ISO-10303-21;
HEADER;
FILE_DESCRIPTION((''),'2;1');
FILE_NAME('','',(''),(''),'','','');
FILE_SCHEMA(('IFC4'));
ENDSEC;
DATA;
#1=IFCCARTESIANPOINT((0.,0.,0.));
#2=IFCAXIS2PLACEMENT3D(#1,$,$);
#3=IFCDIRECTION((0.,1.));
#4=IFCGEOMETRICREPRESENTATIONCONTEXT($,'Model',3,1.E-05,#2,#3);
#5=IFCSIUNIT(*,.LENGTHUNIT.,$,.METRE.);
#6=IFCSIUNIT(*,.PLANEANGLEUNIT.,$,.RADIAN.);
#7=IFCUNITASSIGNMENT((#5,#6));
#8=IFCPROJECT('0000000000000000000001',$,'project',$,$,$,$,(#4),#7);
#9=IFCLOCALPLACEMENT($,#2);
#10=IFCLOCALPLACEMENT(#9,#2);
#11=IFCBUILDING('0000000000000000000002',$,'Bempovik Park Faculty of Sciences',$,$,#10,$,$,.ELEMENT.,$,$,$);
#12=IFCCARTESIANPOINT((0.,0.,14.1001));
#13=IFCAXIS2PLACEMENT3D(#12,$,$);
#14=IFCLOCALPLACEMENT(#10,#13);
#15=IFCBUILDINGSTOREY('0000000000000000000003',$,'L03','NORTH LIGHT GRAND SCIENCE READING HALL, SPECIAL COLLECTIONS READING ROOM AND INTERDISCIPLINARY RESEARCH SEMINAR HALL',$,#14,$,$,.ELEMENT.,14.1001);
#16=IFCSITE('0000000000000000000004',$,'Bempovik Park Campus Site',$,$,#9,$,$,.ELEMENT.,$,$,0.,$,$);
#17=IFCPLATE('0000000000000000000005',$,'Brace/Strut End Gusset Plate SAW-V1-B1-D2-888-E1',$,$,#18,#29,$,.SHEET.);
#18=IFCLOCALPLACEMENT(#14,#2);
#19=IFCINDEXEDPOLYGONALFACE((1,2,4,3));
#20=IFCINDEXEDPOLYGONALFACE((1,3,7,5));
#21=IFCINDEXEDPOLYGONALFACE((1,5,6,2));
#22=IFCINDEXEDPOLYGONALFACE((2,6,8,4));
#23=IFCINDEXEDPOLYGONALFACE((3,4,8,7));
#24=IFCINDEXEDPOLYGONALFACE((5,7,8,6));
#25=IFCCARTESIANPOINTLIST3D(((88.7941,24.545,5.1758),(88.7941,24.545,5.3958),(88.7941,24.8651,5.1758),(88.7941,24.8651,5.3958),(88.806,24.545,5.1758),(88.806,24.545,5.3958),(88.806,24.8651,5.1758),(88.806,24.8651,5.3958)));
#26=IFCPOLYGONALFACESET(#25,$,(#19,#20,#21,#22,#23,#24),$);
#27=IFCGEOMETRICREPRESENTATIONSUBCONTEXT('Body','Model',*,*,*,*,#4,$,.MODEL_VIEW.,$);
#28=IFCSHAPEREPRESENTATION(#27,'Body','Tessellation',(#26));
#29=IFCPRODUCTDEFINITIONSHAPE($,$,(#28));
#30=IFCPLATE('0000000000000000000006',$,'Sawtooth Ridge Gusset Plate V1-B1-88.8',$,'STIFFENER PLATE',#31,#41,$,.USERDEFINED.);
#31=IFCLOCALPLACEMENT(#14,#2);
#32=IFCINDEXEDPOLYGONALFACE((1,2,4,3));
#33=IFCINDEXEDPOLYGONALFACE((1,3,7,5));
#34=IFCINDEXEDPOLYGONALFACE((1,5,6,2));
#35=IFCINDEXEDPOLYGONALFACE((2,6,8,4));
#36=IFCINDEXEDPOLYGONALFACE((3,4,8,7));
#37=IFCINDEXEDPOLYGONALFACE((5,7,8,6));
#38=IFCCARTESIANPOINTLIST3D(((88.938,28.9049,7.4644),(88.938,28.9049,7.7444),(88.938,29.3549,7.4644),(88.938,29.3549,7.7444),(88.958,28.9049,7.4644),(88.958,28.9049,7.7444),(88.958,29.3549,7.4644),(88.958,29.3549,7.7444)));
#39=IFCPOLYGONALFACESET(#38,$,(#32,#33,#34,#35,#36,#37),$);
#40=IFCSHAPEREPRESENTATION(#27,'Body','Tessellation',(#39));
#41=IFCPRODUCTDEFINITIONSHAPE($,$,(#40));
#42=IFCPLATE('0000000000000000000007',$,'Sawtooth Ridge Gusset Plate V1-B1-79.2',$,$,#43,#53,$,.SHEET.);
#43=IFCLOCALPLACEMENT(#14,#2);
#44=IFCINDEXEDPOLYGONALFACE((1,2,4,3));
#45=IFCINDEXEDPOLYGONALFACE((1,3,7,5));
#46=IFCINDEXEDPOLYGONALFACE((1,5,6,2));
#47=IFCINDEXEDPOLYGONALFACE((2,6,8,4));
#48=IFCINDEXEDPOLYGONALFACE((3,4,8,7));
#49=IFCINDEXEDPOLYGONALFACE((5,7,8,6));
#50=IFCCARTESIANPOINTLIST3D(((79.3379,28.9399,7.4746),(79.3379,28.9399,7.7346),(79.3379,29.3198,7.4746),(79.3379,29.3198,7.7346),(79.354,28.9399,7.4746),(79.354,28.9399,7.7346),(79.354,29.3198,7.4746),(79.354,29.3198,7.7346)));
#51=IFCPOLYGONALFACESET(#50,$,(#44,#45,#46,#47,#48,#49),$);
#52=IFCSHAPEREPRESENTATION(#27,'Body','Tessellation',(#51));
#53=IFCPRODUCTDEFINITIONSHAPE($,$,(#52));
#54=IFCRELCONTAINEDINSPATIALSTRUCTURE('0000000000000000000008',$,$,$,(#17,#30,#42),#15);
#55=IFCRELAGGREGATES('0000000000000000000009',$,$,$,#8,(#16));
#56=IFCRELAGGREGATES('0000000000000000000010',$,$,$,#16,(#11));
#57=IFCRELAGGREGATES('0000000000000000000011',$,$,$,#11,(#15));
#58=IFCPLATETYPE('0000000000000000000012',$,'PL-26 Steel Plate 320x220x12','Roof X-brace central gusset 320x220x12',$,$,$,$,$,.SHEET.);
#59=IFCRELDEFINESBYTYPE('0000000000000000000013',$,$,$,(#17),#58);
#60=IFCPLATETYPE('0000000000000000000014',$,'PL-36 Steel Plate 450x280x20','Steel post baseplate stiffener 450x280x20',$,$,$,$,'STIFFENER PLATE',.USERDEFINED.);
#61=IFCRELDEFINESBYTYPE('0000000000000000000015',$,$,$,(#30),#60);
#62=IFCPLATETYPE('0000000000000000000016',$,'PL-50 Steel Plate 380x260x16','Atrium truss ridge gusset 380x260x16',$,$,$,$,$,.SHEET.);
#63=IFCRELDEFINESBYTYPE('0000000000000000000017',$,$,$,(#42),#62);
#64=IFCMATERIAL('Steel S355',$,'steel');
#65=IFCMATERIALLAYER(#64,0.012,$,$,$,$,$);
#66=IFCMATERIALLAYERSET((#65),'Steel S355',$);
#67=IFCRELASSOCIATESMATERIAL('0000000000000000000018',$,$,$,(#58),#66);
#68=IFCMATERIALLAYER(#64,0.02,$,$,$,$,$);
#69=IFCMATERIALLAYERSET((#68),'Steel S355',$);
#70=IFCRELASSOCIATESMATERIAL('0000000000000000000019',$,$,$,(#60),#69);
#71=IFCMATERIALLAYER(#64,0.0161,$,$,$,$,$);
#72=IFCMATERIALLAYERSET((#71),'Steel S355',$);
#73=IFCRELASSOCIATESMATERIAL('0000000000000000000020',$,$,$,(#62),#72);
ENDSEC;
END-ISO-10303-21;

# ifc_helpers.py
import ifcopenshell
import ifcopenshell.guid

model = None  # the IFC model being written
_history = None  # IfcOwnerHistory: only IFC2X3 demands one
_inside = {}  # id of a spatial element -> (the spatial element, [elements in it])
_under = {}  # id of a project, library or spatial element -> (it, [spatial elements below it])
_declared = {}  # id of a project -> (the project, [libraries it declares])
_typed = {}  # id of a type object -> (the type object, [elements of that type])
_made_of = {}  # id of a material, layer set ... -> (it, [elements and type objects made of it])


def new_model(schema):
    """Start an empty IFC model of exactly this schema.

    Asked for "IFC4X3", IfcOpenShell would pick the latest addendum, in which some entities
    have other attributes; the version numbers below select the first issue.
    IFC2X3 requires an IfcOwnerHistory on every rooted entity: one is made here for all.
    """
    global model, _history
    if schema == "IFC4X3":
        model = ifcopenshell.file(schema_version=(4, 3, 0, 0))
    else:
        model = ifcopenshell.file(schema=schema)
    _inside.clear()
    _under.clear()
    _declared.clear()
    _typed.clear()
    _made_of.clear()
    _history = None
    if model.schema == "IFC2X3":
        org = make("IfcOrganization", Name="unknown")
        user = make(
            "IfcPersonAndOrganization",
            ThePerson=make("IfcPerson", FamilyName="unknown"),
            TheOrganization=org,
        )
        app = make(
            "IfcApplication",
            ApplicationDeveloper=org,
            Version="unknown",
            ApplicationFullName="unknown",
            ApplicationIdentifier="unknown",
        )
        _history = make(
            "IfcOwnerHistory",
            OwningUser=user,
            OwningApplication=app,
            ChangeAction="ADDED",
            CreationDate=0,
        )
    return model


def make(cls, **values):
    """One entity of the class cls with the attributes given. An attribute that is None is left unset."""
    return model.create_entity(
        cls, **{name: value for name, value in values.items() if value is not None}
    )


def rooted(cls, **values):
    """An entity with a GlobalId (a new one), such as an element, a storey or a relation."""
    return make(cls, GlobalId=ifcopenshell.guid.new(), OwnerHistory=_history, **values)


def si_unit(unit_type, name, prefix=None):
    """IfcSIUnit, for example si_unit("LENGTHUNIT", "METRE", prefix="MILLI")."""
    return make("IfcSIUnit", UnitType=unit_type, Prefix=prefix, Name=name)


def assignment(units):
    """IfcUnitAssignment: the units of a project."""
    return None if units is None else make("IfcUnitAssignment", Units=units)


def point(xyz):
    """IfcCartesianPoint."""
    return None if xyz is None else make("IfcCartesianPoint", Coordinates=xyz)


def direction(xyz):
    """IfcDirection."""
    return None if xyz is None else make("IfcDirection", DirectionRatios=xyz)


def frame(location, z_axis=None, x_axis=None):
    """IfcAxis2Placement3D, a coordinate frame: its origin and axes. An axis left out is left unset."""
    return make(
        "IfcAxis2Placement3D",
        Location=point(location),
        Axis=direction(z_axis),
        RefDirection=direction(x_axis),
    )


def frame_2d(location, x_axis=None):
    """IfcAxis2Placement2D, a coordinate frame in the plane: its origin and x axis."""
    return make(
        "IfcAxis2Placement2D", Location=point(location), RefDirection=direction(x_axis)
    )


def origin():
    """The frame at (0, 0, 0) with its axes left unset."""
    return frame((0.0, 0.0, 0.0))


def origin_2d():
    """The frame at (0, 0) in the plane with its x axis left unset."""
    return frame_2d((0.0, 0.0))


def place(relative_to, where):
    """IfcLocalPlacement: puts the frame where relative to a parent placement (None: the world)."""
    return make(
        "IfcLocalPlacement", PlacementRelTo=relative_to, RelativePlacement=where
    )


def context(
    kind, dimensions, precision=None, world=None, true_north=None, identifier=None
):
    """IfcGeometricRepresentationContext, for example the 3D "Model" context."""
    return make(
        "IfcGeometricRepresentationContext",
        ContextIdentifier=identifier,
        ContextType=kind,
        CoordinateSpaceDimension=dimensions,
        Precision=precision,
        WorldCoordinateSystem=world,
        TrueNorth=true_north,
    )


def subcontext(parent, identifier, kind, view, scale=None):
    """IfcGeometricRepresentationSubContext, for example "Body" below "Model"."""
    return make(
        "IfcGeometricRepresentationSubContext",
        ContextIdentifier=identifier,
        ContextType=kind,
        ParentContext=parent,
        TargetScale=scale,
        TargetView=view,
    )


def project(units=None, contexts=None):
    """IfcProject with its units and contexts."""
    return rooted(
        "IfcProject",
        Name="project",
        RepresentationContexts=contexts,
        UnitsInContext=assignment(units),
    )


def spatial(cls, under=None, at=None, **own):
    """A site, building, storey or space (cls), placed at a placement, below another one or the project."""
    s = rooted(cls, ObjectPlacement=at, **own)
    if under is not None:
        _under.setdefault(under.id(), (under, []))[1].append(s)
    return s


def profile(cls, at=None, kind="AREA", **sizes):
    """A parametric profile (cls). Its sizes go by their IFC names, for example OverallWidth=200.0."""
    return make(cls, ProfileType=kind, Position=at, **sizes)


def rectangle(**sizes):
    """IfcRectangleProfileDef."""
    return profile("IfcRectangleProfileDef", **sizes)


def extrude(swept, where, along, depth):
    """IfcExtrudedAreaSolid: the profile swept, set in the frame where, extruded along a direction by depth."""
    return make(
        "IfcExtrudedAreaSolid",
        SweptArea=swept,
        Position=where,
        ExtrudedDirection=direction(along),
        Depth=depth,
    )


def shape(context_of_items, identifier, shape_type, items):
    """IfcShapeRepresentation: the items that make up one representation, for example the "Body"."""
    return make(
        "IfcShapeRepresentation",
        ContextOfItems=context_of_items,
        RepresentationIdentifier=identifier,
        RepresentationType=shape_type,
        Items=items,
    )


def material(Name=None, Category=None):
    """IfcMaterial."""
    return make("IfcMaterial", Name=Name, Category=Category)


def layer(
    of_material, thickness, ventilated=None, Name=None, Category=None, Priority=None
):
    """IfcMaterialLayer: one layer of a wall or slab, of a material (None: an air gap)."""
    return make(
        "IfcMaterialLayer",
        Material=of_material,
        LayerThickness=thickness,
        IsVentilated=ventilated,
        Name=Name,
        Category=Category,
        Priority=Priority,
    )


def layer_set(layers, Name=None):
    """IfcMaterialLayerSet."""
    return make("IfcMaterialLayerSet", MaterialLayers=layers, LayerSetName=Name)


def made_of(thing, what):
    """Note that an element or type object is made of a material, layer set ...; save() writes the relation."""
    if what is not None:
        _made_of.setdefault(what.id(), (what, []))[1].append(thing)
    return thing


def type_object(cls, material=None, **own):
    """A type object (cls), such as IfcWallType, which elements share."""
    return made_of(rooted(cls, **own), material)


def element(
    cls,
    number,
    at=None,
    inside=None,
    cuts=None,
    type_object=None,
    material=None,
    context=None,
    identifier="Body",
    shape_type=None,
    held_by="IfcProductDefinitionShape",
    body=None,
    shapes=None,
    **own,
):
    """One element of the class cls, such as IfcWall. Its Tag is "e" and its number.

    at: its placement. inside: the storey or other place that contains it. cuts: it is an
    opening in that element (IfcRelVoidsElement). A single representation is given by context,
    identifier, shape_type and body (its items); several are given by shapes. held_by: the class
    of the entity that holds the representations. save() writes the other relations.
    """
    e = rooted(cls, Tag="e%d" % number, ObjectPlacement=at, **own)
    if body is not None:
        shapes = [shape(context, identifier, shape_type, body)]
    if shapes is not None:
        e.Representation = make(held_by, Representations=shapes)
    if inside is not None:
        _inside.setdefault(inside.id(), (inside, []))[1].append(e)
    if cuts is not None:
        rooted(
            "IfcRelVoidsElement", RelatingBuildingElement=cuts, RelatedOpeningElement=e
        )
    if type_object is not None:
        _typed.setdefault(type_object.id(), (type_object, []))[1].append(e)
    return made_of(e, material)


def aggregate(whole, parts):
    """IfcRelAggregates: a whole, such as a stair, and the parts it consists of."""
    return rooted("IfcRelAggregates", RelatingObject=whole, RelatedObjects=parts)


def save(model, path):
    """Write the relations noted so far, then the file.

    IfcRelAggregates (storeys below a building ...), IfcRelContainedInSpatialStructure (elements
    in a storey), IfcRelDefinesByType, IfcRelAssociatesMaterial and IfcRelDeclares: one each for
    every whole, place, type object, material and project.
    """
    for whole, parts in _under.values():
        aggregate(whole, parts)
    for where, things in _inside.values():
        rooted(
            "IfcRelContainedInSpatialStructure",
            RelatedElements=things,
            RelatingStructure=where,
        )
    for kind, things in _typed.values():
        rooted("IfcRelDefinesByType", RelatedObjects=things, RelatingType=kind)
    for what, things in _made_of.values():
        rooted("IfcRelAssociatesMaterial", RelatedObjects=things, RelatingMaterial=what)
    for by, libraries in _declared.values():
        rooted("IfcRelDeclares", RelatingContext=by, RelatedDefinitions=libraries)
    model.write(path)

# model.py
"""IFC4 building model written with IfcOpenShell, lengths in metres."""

from ifc_helpers import new_model, si_unit, direction, frame, origin, origin_2d, place, context, subcontext, project, spatial, rectangle, extrude, material, layer, layer_set, type_object, element, save


model = new_model("IFC4")

# Units and contexts
model_context = context("Model", 3, precision=1e-05, world=origin(), true_north=direction((0.0, 1.0)))
body_context = subcontext(model_context, "Body", "Model", "MODEL_VIEW")
ifc_project = project(units=[si_unit("LENGTHUNIT", "METRE"), si_unit("PLANEANGLEUNIT", "RADIAN")], contexts=[model_context])

# Site, building, storey
site_placement = place(None, origin())
site = spatial("IfcSite", under=ifc_project, at=site_placement, Name="Bempovik Park Campus Site", CompositionType="ELEMENT", RefElevation=0.0)
building_placement = place(site_placement, origin())
building = spatial("IfcBuilding", under=site, at=building_placement, Name="Bempovik Park Faculty of Sciences", CompositionType="ELEMENT")
storey_placement = place(building_placement, frame((0.0, 0.0, 14.1001)))
storey = spatial("IfcBuildingStorey", under=building, at=storey_placement, Name="L03", Description="NORTH LIGHT GRAND SCIENCE READING HALL, SPECIAL COLLECTIONS READING ROOM AND INTERDISCIPLINARY RESEARCH SEMINAR HALL", CompositionType="ELEMENT", Elevation=14.1001)

# Shared definitions
ifc_material_1 = material(Name="Steel S355", Category="steel")

# Plates
ifc_layer_1 = layer(ifc_material_1, 0.012)
ifc_layer_set_1 = layer_set([ifc_layer_1], Name="Steel S355")
plate_type_1 = type_object("IfcPlateType", Name="PL-26 Steel Plate 320x220x12", Description="Roof X-brace central gusset 320x220x12", PredefinedType="SHEET", material=ifc_layer_set_1)
for number, where, z_axis, x_axis, name in (
    (1, (88.8, 24.7051, 5.1758), (0.0, 0.0, 1.0), (1.0, 0.0, 0.0), "Brace/Strut End Gusset Plate SAW-V1-B1-D2-888-E1"),
):
    element("IfcPlate", number, at=place(storey_placement, frame(where, z_axis=z_axis, x_axis=x_axis)), inside=storey, type_object=plate_type_1, Name=name, PredefinedType="SHEET", context=body_context, shape_type="SweptSolid", body=[
        extrude(rectangle(XDim=0.012, YDim=0.3201, at=origin_2d()), origin(), (0.0, 0.0, 1.0), 0.22),
    ])
ifc_layer_2 = layer(ifc_material_1, 0.02)
ifc_layer_set_2 = layer_set([ifc_layer_2], Name="Steel S355")
plate_type_2 = type_object("IfcPlateType", Name="PL-36 Steel Plate 450x280x20", Description="Steel post baseplate stiffener 450x280x20", ElementType="STIFFENER PLATE", PredefinedType="USERDEFINED", material=ifc_layer_set_2)
plate_1_placement = place(storey_placement, frame((88.948, 29.1299, 7.4644), z_axis=(0.0, 0.0, 1.0), x_axis=(1.0, 0.0, 0.0)))
element("IfcPlate", 2, at=plate_1_placement, inside=storey, type_object=plate_type_2, Name="Sawtooth Ridge Gusset Plate V1-B1-88.8", ObjectType="STIFFENER PLATE", PredefinedType="USERDEFINED", context=body_context, shape_type="SweptSolid", body=[
    extrude(rectangle(XDim=0.02, YDim=0.45, at=origin_2d()), origin(), (0.0, 0.0, 1.0), 0.28),
])
ifc_layer_3 = layer(ifc_material_1, 0.0161)
ifc_layer_set_3 = layer_set([ifc_layer_3], Name="Steel S355")
plate_type_3 = type_object("IfcPlateType", Name="PL-50 Steel Plate 380x260x16", Description="Atrium truss ridge gusset 380x260x16", PredefinedType="SHEET", material=ifc_layer_set_3)
plate_2_placement = place(storey_placement, frame((79.3459, 29.1299, 7.4746), z_axis=(0.0, 0.0, 1.0), x_axis=(1.0, 0.0, 0.0)))
element("IfcPlate", 3, at=plate_2_placement, inside=storey, type_object=plate_type_3, Name="Sawtooth Ridge Gusset Plate V1-B1-79.2", PredefinedType="SHEET", context=body_context, shape_type="SweptSolid", body=[
    extrude(rectangle(XDim=0.0161, YDim=0.3799, at=origin_2d()), origin(), (0.0, 0.0, 1.0), 0.26),
])

save(model, "model.ifc")
